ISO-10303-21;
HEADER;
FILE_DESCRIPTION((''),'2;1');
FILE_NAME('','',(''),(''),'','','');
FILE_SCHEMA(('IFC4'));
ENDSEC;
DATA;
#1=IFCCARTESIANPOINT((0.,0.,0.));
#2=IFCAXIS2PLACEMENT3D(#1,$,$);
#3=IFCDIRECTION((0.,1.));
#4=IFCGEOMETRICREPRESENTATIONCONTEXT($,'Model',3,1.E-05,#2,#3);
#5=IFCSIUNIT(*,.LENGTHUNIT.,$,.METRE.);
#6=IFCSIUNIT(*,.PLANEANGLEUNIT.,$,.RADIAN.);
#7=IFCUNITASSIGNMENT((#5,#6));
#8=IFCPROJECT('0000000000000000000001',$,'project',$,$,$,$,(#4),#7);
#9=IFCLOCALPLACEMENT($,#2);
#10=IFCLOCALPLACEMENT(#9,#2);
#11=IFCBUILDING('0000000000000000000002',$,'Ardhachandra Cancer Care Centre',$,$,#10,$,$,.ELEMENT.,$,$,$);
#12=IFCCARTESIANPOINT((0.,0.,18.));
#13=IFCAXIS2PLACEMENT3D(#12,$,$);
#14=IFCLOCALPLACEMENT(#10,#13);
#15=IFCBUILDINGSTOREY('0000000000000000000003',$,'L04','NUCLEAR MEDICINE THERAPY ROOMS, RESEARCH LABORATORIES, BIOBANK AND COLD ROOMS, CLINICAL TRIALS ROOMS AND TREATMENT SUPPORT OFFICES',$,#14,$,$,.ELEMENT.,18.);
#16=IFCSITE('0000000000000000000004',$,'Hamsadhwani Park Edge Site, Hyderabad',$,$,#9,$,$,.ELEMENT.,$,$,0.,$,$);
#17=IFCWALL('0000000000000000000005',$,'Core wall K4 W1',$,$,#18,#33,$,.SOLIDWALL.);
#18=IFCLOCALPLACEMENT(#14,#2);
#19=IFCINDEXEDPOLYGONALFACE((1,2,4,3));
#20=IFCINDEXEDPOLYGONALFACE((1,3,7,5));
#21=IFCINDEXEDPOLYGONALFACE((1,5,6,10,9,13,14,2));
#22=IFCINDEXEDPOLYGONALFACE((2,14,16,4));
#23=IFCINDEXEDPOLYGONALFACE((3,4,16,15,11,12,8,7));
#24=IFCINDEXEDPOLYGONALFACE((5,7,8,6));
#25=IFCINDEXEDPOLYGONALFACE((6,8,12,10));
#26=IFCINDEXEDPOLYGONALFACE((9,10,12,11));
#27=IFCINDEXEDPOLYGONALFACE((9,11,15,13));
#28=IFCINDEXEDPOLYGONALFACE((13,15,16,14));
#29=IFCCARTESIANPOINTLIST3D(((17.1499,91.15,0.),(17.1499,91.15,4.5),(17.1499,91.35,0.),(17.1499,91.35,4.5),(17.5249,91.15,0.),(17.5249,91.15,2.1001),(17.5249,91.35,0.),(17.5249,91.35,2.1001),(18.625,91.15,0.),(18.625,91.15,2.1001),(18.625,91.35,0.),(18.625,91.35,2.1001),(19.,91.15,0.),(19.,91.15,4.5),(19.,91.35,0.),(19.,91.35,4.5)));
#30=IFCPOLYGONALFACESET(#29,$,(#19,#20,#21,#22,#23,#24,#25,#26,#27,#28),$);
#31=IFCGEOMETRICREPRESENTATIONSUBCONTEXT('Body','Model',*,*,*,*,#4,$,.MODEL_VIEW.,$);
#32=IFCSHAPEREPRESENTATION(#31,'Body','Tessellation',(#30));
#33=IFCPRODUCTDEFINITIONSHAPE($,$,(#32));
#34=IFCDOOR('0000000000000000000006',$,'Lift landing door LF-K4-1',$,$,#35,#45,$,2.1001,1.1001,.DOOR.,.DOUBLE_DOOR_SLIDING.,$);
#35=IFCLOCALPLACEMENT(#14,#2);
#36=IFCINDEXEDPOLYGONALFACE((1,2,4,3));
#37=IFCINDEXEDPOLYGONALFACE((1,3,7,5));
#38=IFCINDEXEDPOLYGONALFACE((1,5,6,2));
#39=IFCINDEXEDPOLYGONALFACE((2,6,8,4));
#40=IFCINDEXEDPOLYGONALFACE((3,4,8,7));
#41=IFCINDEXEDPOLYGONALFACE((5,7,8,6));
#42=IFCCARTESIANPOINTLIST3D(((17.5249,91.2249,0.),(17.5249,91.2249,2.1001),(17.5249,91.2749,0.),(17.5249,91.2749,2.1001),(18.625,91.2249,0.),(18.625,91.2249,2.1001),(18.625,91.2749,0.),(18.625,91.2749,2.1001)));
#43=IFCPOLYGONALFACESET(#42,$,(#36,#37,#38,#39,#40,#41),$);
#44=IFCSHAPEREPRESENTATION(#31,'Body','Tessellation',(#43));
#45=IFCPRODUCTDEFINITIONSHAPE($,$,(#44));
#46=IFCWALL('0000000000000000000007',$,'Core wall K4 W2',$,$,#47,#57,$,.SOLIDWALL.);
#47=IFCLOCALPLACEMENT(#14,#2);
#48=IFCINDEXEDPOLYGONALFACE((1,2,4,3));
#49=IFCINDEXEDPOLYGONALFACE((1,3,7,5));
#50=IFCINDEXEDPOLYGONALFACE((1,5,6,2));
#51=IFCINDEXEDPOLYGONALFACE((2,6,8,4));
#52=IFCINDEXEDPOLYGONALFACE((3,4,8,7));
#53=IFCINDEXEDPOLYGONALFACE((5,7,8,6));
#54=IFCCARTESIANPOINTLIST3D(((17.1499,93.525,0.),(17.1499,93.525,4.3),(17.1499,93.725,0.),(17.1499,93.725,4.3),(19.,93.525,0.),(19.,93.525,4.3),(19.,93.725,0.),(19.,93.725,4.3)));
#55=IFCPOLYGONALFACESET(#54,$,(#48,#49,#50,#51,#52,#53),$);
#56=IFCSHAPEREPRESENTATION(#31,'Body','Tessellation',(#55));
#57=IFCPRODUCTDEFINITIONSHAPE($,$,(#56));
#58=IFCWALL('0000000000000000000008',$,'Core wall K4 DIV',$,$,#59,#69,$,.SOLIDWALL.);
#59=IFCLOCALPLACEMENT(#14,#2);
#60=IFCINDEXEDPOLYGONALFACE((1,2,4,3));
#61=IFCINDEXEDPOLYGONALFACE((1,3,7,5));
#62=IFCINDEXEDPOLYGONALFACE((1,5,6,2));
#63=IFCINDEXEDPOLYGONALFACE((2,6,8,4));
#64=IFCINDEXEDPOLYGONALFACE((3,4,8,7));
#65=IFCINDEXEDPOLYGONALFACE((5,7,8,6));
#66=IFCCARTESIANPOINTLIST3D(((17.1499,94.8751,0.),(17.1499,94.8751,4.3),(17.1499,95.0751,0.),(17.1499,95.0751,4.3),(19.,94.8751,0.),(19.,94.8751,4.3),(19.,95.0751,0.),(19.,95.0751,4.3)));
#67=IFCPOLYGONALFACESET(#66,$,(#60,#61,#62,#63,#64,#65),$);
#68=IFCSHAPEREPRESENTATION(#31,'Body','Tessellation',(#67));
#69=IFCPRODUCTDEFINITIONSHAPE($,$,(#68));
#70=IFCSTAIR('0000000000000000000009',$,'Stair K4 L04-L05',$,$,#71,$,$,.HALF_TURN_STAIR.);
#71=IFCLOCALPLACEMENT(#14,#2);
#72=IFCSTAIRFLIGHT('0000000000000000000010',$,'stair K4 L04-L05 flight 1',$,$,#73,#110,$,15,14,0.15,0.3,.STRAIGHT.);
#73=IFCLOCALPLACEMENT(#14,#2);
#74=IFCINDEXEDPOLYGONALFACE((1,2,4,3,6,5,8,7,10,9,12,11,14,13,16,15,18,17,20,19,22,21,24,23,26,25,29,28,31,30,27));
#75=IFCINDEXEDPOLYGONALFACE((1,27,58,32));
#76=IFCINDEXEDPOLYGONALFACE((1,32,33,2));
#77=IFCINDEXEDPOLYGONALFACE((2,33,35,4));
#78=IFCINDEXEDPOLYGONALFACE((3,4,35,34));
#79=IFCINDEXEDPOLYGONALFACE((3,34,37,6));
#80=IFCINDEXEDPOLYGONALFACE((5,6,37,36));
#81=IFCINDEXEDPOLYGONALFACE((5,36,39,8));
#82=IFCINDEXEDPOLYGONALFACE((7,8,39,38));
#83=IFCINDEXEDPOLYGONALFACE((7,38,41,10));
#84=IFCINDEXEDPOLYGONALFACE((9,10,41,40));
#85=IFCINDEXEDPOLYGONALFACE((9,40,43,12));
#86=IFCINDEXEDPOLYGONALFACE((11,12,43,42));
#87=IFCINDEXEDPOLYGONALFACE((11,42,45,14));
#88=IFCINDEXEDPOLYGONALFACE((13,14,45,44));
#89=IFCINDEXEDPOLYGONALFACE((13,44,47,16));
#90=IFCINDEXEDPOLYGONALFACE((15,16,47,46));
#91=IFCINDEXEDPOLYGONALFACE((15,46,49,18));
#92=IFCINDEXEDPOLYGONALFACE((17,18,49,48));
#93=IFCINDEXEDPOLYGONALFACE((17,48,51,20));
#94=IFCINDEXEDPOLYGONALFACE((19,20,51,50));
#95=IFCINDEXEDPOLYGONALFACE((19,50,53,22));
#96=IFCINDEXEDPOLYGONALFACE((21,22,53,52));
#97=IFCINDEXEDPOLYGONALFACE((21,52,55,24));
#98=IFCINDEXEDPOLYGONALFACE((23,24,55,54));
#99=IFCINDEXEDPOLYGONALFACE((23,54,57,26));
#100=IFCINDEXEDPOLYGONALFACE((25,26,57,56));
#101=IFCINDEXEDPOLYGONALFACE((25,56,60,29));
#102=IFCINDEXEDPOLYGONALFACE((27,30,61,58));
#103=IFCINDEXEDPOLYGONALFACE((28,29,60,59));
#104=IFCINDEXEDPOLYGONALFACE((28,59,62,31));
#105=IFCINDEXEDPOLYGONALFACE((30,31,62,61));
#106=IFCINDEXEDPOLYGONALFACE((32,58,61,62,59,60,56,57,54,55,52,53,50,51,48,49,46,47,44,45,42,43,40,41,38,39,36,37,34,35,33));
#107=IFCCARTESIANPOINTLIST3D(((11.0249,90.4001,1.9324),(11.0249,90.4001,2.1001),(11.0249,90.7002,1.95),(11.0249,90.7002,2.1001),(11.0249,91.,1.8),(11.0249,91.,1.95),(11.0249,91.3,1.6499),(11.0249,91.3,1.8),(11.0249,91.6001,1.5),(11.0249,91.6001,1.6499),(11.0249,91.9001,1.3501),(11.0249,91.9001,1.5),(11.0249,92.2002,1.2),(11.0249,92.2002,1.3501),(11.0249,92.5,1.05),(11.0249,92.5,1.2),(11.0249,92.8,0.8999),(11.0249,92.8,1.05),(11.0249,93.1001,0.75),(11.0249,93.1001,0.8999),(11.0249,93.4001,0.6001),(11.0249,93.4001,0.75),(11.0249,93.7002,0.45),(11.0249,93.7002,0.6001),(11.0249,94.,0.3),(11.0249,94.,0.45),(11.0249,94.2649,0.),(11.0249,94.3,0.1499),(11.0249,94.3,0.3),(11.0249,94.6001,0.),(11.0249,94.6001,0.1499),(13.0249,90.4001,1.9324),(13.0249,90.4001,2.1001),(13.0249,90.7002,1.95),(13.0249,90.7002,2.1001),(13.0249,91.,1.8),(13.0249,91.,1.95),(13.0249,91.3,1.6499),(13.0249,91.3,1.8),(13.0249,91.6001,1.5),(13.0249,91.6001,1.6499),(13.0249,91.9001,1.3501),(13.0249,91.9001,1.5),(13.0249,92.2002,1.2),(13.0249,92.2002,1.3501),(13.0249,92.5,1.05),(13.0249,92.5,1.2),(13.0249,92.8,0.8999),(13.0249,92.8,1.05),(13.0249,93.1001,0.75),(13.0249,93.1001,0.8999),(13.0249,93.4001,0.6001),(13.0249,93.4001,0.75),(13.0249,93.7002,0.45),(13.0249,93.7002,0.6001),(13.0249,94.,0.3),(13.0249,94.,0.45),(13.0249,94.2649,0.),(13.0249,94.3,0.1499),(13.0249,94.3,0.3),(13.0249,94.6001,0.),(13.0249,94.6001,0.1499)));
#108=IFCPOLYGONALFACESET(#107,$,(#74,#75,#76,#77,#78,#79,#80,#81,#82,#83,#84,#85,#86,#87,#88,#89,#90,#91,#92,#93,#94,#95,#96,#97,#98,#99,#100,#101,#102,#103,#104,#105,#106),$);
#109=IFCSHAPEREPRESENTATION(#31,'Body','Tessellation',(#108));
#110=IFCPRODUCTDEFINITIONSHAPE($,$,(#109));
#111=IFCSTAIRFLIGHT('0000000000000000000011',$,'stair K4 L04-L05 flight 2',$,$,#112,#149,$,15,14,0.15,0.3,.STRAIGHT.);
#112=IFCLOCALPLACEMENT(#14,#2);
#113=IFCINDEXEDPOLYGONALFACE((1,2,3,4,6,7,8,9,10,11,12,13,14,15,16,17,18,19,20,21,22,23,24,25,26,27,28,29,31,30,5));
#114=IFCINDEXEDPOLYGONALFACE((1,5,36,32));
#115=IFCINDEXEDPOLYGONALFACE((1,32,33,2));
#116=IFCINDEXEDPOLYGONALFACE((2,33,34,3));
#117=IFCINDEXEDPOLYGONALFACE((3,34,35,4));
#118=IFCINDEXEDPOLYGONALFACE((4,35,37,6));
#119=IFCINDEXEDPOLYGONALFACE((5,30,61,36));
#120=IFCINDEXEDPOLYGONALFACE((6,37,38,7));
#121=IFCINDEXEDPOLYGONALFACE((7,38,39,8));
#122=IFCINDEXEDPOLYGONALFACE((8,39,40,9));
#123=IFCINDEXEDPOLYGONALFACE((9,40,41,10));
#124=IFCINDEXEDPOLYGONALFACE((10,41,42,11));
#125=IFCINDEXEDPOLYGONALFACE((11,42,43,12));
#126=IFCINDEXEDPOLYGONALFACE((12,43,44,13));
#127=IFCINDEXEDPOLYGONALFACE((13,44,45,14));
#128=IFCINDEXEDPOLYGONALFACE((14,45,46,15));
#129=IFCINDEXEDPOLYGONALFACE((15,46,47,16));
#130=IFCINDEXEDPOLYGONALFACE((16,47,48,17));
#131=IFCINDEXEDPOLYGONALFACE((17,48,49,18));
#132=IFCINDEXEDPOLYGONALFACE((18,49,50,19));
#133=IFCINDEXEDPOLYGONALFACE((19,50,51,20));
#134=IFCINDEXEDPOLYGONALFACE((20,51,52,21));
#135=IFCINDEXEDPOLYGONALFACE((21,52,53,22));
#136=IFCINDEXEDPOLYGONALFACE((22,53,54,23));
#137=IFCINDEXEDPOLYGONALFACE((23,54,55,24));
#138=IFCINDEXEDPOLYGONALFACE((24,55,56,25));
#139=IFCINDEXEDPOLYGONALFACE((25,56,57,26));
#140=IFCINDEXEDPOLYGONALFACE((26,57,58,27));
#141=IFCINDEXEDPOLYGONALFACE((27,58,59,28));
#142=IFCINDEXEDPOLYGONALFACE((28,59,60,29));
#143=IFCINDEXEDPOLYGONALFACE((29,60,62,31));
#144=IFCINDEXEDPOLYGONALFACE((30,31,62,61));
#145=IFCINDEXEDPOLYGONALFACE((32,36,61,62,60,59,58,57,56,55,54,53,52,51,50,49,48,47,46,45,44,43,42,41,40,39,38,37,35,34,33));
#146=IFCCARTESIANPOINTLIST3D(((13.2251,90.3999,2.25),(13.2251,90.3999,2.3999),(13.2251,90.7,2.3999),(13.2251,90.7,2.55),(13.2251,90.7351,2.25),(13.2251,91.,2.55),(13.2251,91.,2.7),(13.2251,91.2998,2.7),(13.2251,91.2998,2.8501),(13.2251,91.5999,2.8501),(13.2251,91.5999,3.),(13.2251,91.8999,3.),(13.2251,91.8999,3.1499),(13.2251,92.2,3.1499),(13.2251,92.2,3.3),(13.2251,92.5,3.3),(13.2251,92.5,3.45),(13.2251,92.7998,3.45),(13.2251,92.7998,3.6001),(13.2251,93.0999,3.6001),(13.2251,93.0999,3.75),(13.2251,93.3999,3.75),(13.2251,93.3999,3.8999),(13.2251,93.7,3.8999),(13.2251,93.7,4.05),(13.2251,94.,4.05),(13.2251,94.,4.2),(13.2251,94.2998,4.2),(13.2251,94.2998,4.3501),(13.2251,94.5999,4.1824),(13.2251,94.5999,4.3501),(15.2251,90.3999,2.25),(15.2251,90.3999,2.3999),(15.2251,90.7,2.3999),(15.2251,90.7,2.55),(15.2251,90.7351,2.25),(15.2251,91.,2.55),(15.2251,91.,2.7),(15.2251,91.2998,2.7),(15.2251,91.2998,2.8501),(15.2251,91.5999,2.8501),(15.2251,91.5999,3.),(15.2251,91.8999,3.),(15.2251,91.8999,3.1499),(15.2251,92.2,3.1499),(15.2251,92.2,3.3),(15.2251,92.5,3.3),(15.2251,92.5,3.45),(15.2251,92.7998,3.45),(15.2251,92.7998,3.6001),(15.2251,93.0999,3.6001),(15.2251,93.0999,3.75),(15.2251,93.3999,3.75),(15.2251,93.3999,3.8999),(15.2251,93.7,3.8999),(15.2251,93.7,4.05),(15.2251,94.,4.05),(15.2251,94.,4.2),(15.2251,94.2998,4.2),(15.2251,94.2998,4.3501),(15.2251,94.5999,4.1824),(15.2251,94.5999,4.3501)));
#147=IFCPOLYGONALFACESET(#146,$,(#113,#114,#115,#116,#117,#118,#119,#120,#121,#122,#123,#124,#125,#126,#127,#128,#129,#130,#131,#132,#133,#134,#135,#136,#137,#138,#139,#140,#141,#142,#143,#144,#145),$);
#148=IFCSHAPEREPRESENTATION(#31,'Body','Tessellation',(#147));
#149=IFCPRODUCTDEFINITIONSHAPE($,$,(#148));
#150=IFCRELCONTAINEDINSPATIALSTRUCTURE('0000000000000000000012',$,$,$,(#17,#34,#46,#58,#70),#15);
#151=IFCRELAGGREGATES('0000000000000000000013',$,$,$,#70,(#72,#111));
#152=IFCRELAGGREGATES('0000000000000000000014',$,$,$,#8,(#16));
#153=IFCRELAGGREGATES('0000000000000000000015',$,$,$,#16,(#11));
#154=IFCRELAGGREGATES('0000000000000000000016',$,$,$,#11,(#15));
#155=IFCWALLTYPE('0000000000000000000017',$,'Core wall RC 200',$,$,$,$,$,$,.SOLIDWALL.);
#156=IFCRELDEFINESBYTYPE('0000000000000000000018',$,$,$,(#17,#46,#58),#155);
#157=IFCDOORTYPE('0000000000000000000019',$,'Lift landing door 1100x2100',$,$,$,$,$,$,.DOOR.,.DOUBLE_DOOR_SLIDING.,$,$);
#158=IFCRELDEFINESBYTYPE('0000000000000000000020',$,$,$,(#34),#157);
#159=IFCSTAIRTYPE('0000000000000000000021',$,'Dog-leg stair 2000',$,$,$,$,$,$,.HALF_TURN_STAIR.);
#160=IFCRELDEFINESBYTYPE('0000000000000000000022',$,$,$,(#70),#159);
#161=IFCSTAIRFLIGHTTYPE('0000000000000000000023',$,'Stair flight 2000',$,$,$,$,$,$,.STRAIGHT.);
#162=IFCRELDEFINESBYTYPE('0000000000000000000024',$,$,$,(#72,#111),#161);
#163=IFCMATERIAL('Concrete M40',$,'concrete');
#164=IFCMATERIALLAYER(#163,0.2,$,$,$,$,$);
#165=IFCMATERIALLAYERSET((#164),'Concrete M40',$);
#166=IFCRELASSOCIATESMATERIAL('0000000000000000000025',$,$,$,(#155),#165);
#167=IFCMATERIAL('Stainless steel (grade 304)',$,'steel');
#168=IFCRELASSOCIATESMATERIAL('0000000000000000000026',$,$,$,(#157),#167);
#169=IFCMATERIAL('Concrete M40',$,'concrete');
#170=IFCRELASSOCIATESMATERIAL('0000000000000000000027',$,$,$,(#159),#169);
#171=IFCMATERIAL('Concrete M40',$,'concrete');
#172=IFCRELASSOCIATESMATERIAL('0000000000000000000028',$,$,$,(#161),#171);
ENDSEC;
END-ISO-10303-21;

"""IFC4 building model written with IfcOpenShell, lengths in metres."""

from ifc_helpers import new_model, si_unit, direction, frame, frame_2d, origin, place, context, subcontext, project, spatial, polyline, rectangle, outline, extrude, material, layer, layer_set, type_object, element, fill, aggregate, save


model = new_model("IFC4")

# Units and contexts
model_context = context("Model", 3, precision=1e-05, world=origin(), true_north=direction((0.0, 1.0)))
body_context = subcontext(model_context, "Body", "Model", "MODEL_VIEW")
ifc_project = project(units=[si_unit("LENGTHUNIT", "METRE"), si_unit("PLANEANGLEUNIT", "RADIAN")], contexts=[model_context])

# Site, building, storey
site_placement = place(None, origin())
site = spatial("IfcSite", under=ifc_project, at=site_placement, Name="Hamsadhwani Park Edge Site, Hyderabad", CompositionType="ELEMENT", RefElevation=0.0)
building_placement = place(site_placement, origin())
building = spatial("IfcBuilding", under=site, at=building_placement, Name="Ardhachandra Cancer Care Centre", CompositionType="ELEMENT")
storey_placement = place(building_placement, frame((0.0, 0.0, 18.0)))
storey = spatial("IfcBuildingStorey", under=building, at=storey_placement, Name="L04", Description="NUCLEAR MEDICINE THERAPY ROOMS, RESEARCH LABORATORIES, BIOBANK AND COLD ROOMS, CLINICAL TRIALS ROOMS AND TREATMENT SUPPORT OFFICES", CompositionType="ELEMENT", Elevation=18.0)

# Shared definitions
ifc_material_1 = material(Name="Concrete M40", Category="concrete")
ifc_layer_1 = layer(ifc_material_1, 0.2)
ifc_layer_set_1 = layer_set([ifc_layer_1], Name="Concrete M40")
wall_type_1 = type_object("IfcWallType", Name="Core wall RC 200", PredefinedType="SOLIDWALL", material=ifc_layer_set_1)

# Wall, opening, door
wall_1_placement = place(storey_placement, frame((17.1499, 91.25, 0.0), z_axis=(0.0, 0.0, 1.0), x_axis=(1.0, 0.0, 0.0)))
wall_1 = element("IfcWall", 1, at=wall_1_placement, inside=storey, type_object=wall_type_1, Name="Core wall K4 W1", PredefinedType="SOLIDWALL", context=body_context, shape_type="SweptSolid", body=[
    extrude(rectangle(XDim=1.8501, YDim=0.2, at=frame_2d((0.925, 0.0))), origin(), (0.0, 0.0, 1.0), 4.5),
])
opening_1_placement = place(wall_1_placement, frame((0.375, 0.0, 0.0)))
opening_1 = element("IfcOpeningElement", 2, at=opening_1_placement, cuts=wall_1, PredefinedType="OPENING", context=body_context, shape_type="SweptSolid", body=[
    extrude(rectangle(XDim=1.1001, YDim=2.1001, at=frame_2d((0.55, 1.05))), frame((0.0, 0.1099, 0.0), z_axis=(0.0, -1.0, 0.0), x_axis=(1.0, 0.0, 0.0)), (0.0, 0.0, 1.0), 0.22),
])
ifc_material_2 = material(Name="Stainless steel (grade 304)", Category="steel")
door_type_1 = type_object("IfcDoorType", Name="Lift landing door 1100x2100", OperationType="DOUBLE_DOOR_SLIDING", PredefinedType="DOOR", material=ifc_material_2)
door_1_placement = place(opening_1_placement, origin())
door_1 = element("IfcDoor", 3, at=door_1_placement, inside=storey, type_object=door_type_1, Name="Lift landing door LF-K4-1", OperationType="DOUBLE_DOOR_SLIDING", OverallHeight=2.1001, OverallWidth=1.1001, PredefinedType="DOOR", context=body_context, shape_type="SweptSolid", body=[
    extrude(rectangle(XDim=1.1001, YDim=2.1001, at=frame_2d((0.55, 1.05))), frame((0.0, 0.0249, 0.0), z_axis=(0.0, -1.0, 0.0), x_axis=(1.0, 0.0, 0.0)), (0.0, 0.0, 1.0), 0.05),
])
fill(opening_1, door_1)

# Walls
for number, where, z_axis, x_axis, name in (
    (4, (17.1499, 93.625, 0.0), (0.0, 0.0, 1.0), (1.0, 0.0, 0.0), "Core wall K4 W2"),
    (5, (17.1499, 94.9751, 0.0), (0.0, 0.0, 1.0), (1.0, 0.0, 0.0), "Core wall K4 DIV"),
):
    element("IfcWall", number, at=place(storey_placement, frame(where, z_axis=z_axis, x_axis=x_axis)), inside=storey, type_object=wall_type_1, Name=name, PredefinedType="SOLIDWALL", context=body_context, shape_type="SweptSolid", body=[
        extrude(rectangle(XDim=1.8501, YDim=0.2, at=frame_2d((0.925, 0.0))), origin(), (0.0, 0.0, 1.0), 4.3),
    ])

# Stair, stair flights
ifc_material_3 = material(Name="Concrete M40", Category="concrete")
stair_type = type_object("IfcStairType", Name="Dog-leg stair 2000", PredefinedType="HALF_TURN_STAIR", material=ifc_material_3)
stair_placement = place(storey_placement, origin())
stair = element("IfcStair", 6, at=stair_placement, inside=storey, type_object=stair_type, Name="Stair K4 L04-L05", PredefinedType="HALF_TURN_STAIR")
ifc_material_4 = material(Name="Concrete M40", Category="concrete")
stair_flight_type = type_object("IfcStairFlightType", Name="Stair flight 2000", PredefinedType="STRAIGHT", material=ifc_material_4)
stair_flight_1_placement = place(storey_placement, frame((12.0249, 94.6001, 0.0), z_axis=(0.0, 0.0, 1.0), x_axis=(0.0, -1.0, 0.0)))
stair_flight_1 = element("IfcStairFlight", 7, at=stair_flight_1_placement, type_object=stair_flight_type, Name="stair K4 L04-L05 flight 1", NumberOfRisers=15, NumberOfTreads=14, PredefinedType="STRAIGHT", RiserHeight=0.15, TreadLength=0.3, context=body_context, shape_type="SweptSolid", body=[
    extrude(outline(polyline([(0.0, 0.0), (0.0, 0.1499), (0.3, 0.1499), (0.3, 0.3), (0.6001, 0.3), (0.6001, 0.45), (0.8999, 0.45), (0.8999, 0.6001), (1.2, 0.6001), (1.2, 0.75), (1.5, 0.75), (1.5, 0.8999), (1.8, 0.8999), (1.8, 1.05), (2.1001, 1.05), (2.1001, 1.2), (2.3999, 1.2), (2.3999, 1.3501), (2.7, 1.3501), (2.7, 1.5), (3.0, 1.5), (3.0, 1.6499), (3.3, 1.6499), (3.3, 1.8), (3.6001, 1.8), (3.6001, 1.95), (3.8999, 1.95), (3.8999, 2.1001), (4.2, 2.1001), (4.2, 2.25), (4.2, 1.9324), (0.3352, 0.0), (0.0, 0.0)])), frame((0.0, 1.0, 0.0), z_axis=(0.0, -1.0, 0.0), x_axis=(1.0, 0.0, 0.0)), (0.0, 0.0, 1.0), 2.0),
])
stair_flight_2_placement = place(storey_placement, frame((14.2251, 90.3999, 2.25), z_axis=(0.0, 0.0, 1.0), x_axis=(0.0, 1.0, 0.0)))
stair_flight_2 = element("IfcStairFlight", 8, at=stair_flight_2_placement, type_object=stair_flight_type, Name="stair K4 L04-L05 flight 2", NumberOfRisers=15, NumberOfTreads=14, PredefinedType="STRAIGHT", RiserHeight=0.15, TreadLength=0.3, context=body_context, shape_type="SweptSolid", body=[
    extrude(outline(polyline([(0.0, 0.0), (0.0, 0.1499), (0.3, 0.1499), (0.3, 0.3), (0.6001, 0.3), (0.6001, 0.45), (0.8999, 0.45), (0.8999, 0.6001), (1.2, 0.6001), (1.2, 0.75), (1.5, 0.75), (1.5, 0.8999), (1.8, 0.8999), (1.8, 1.05), (2.1001, 1.05), (2.1001, 1.2), (2.3999, 1.2), (2.3999, 1.3501), (2.7, 1.3501), (2.7, 1.5), (3.0, 1.5), (3.0, 1.6499), (3.3, 1.6499), (3.3, 1.8), (3.6001, 1.8), (3.6001, 1.95), (3.8999, 1.95), (3.8999, 2.1001), (4.2, 2.1001), (4.2, 2.25), (4.2, 1.9324), (0.3352, 0.0), (0.0, 0.0)])), frame((0.0, 1.0, 0.0), z_axis=(0.0, -1.0, 0.0), x_axis=(1.0, 0.0, 0.0)), (0.0, 0.0, 1.0), 2.0),
])
aggregate(stair, [stair_flight_1, stair_flight_2])

save(model, "model.ifc")
